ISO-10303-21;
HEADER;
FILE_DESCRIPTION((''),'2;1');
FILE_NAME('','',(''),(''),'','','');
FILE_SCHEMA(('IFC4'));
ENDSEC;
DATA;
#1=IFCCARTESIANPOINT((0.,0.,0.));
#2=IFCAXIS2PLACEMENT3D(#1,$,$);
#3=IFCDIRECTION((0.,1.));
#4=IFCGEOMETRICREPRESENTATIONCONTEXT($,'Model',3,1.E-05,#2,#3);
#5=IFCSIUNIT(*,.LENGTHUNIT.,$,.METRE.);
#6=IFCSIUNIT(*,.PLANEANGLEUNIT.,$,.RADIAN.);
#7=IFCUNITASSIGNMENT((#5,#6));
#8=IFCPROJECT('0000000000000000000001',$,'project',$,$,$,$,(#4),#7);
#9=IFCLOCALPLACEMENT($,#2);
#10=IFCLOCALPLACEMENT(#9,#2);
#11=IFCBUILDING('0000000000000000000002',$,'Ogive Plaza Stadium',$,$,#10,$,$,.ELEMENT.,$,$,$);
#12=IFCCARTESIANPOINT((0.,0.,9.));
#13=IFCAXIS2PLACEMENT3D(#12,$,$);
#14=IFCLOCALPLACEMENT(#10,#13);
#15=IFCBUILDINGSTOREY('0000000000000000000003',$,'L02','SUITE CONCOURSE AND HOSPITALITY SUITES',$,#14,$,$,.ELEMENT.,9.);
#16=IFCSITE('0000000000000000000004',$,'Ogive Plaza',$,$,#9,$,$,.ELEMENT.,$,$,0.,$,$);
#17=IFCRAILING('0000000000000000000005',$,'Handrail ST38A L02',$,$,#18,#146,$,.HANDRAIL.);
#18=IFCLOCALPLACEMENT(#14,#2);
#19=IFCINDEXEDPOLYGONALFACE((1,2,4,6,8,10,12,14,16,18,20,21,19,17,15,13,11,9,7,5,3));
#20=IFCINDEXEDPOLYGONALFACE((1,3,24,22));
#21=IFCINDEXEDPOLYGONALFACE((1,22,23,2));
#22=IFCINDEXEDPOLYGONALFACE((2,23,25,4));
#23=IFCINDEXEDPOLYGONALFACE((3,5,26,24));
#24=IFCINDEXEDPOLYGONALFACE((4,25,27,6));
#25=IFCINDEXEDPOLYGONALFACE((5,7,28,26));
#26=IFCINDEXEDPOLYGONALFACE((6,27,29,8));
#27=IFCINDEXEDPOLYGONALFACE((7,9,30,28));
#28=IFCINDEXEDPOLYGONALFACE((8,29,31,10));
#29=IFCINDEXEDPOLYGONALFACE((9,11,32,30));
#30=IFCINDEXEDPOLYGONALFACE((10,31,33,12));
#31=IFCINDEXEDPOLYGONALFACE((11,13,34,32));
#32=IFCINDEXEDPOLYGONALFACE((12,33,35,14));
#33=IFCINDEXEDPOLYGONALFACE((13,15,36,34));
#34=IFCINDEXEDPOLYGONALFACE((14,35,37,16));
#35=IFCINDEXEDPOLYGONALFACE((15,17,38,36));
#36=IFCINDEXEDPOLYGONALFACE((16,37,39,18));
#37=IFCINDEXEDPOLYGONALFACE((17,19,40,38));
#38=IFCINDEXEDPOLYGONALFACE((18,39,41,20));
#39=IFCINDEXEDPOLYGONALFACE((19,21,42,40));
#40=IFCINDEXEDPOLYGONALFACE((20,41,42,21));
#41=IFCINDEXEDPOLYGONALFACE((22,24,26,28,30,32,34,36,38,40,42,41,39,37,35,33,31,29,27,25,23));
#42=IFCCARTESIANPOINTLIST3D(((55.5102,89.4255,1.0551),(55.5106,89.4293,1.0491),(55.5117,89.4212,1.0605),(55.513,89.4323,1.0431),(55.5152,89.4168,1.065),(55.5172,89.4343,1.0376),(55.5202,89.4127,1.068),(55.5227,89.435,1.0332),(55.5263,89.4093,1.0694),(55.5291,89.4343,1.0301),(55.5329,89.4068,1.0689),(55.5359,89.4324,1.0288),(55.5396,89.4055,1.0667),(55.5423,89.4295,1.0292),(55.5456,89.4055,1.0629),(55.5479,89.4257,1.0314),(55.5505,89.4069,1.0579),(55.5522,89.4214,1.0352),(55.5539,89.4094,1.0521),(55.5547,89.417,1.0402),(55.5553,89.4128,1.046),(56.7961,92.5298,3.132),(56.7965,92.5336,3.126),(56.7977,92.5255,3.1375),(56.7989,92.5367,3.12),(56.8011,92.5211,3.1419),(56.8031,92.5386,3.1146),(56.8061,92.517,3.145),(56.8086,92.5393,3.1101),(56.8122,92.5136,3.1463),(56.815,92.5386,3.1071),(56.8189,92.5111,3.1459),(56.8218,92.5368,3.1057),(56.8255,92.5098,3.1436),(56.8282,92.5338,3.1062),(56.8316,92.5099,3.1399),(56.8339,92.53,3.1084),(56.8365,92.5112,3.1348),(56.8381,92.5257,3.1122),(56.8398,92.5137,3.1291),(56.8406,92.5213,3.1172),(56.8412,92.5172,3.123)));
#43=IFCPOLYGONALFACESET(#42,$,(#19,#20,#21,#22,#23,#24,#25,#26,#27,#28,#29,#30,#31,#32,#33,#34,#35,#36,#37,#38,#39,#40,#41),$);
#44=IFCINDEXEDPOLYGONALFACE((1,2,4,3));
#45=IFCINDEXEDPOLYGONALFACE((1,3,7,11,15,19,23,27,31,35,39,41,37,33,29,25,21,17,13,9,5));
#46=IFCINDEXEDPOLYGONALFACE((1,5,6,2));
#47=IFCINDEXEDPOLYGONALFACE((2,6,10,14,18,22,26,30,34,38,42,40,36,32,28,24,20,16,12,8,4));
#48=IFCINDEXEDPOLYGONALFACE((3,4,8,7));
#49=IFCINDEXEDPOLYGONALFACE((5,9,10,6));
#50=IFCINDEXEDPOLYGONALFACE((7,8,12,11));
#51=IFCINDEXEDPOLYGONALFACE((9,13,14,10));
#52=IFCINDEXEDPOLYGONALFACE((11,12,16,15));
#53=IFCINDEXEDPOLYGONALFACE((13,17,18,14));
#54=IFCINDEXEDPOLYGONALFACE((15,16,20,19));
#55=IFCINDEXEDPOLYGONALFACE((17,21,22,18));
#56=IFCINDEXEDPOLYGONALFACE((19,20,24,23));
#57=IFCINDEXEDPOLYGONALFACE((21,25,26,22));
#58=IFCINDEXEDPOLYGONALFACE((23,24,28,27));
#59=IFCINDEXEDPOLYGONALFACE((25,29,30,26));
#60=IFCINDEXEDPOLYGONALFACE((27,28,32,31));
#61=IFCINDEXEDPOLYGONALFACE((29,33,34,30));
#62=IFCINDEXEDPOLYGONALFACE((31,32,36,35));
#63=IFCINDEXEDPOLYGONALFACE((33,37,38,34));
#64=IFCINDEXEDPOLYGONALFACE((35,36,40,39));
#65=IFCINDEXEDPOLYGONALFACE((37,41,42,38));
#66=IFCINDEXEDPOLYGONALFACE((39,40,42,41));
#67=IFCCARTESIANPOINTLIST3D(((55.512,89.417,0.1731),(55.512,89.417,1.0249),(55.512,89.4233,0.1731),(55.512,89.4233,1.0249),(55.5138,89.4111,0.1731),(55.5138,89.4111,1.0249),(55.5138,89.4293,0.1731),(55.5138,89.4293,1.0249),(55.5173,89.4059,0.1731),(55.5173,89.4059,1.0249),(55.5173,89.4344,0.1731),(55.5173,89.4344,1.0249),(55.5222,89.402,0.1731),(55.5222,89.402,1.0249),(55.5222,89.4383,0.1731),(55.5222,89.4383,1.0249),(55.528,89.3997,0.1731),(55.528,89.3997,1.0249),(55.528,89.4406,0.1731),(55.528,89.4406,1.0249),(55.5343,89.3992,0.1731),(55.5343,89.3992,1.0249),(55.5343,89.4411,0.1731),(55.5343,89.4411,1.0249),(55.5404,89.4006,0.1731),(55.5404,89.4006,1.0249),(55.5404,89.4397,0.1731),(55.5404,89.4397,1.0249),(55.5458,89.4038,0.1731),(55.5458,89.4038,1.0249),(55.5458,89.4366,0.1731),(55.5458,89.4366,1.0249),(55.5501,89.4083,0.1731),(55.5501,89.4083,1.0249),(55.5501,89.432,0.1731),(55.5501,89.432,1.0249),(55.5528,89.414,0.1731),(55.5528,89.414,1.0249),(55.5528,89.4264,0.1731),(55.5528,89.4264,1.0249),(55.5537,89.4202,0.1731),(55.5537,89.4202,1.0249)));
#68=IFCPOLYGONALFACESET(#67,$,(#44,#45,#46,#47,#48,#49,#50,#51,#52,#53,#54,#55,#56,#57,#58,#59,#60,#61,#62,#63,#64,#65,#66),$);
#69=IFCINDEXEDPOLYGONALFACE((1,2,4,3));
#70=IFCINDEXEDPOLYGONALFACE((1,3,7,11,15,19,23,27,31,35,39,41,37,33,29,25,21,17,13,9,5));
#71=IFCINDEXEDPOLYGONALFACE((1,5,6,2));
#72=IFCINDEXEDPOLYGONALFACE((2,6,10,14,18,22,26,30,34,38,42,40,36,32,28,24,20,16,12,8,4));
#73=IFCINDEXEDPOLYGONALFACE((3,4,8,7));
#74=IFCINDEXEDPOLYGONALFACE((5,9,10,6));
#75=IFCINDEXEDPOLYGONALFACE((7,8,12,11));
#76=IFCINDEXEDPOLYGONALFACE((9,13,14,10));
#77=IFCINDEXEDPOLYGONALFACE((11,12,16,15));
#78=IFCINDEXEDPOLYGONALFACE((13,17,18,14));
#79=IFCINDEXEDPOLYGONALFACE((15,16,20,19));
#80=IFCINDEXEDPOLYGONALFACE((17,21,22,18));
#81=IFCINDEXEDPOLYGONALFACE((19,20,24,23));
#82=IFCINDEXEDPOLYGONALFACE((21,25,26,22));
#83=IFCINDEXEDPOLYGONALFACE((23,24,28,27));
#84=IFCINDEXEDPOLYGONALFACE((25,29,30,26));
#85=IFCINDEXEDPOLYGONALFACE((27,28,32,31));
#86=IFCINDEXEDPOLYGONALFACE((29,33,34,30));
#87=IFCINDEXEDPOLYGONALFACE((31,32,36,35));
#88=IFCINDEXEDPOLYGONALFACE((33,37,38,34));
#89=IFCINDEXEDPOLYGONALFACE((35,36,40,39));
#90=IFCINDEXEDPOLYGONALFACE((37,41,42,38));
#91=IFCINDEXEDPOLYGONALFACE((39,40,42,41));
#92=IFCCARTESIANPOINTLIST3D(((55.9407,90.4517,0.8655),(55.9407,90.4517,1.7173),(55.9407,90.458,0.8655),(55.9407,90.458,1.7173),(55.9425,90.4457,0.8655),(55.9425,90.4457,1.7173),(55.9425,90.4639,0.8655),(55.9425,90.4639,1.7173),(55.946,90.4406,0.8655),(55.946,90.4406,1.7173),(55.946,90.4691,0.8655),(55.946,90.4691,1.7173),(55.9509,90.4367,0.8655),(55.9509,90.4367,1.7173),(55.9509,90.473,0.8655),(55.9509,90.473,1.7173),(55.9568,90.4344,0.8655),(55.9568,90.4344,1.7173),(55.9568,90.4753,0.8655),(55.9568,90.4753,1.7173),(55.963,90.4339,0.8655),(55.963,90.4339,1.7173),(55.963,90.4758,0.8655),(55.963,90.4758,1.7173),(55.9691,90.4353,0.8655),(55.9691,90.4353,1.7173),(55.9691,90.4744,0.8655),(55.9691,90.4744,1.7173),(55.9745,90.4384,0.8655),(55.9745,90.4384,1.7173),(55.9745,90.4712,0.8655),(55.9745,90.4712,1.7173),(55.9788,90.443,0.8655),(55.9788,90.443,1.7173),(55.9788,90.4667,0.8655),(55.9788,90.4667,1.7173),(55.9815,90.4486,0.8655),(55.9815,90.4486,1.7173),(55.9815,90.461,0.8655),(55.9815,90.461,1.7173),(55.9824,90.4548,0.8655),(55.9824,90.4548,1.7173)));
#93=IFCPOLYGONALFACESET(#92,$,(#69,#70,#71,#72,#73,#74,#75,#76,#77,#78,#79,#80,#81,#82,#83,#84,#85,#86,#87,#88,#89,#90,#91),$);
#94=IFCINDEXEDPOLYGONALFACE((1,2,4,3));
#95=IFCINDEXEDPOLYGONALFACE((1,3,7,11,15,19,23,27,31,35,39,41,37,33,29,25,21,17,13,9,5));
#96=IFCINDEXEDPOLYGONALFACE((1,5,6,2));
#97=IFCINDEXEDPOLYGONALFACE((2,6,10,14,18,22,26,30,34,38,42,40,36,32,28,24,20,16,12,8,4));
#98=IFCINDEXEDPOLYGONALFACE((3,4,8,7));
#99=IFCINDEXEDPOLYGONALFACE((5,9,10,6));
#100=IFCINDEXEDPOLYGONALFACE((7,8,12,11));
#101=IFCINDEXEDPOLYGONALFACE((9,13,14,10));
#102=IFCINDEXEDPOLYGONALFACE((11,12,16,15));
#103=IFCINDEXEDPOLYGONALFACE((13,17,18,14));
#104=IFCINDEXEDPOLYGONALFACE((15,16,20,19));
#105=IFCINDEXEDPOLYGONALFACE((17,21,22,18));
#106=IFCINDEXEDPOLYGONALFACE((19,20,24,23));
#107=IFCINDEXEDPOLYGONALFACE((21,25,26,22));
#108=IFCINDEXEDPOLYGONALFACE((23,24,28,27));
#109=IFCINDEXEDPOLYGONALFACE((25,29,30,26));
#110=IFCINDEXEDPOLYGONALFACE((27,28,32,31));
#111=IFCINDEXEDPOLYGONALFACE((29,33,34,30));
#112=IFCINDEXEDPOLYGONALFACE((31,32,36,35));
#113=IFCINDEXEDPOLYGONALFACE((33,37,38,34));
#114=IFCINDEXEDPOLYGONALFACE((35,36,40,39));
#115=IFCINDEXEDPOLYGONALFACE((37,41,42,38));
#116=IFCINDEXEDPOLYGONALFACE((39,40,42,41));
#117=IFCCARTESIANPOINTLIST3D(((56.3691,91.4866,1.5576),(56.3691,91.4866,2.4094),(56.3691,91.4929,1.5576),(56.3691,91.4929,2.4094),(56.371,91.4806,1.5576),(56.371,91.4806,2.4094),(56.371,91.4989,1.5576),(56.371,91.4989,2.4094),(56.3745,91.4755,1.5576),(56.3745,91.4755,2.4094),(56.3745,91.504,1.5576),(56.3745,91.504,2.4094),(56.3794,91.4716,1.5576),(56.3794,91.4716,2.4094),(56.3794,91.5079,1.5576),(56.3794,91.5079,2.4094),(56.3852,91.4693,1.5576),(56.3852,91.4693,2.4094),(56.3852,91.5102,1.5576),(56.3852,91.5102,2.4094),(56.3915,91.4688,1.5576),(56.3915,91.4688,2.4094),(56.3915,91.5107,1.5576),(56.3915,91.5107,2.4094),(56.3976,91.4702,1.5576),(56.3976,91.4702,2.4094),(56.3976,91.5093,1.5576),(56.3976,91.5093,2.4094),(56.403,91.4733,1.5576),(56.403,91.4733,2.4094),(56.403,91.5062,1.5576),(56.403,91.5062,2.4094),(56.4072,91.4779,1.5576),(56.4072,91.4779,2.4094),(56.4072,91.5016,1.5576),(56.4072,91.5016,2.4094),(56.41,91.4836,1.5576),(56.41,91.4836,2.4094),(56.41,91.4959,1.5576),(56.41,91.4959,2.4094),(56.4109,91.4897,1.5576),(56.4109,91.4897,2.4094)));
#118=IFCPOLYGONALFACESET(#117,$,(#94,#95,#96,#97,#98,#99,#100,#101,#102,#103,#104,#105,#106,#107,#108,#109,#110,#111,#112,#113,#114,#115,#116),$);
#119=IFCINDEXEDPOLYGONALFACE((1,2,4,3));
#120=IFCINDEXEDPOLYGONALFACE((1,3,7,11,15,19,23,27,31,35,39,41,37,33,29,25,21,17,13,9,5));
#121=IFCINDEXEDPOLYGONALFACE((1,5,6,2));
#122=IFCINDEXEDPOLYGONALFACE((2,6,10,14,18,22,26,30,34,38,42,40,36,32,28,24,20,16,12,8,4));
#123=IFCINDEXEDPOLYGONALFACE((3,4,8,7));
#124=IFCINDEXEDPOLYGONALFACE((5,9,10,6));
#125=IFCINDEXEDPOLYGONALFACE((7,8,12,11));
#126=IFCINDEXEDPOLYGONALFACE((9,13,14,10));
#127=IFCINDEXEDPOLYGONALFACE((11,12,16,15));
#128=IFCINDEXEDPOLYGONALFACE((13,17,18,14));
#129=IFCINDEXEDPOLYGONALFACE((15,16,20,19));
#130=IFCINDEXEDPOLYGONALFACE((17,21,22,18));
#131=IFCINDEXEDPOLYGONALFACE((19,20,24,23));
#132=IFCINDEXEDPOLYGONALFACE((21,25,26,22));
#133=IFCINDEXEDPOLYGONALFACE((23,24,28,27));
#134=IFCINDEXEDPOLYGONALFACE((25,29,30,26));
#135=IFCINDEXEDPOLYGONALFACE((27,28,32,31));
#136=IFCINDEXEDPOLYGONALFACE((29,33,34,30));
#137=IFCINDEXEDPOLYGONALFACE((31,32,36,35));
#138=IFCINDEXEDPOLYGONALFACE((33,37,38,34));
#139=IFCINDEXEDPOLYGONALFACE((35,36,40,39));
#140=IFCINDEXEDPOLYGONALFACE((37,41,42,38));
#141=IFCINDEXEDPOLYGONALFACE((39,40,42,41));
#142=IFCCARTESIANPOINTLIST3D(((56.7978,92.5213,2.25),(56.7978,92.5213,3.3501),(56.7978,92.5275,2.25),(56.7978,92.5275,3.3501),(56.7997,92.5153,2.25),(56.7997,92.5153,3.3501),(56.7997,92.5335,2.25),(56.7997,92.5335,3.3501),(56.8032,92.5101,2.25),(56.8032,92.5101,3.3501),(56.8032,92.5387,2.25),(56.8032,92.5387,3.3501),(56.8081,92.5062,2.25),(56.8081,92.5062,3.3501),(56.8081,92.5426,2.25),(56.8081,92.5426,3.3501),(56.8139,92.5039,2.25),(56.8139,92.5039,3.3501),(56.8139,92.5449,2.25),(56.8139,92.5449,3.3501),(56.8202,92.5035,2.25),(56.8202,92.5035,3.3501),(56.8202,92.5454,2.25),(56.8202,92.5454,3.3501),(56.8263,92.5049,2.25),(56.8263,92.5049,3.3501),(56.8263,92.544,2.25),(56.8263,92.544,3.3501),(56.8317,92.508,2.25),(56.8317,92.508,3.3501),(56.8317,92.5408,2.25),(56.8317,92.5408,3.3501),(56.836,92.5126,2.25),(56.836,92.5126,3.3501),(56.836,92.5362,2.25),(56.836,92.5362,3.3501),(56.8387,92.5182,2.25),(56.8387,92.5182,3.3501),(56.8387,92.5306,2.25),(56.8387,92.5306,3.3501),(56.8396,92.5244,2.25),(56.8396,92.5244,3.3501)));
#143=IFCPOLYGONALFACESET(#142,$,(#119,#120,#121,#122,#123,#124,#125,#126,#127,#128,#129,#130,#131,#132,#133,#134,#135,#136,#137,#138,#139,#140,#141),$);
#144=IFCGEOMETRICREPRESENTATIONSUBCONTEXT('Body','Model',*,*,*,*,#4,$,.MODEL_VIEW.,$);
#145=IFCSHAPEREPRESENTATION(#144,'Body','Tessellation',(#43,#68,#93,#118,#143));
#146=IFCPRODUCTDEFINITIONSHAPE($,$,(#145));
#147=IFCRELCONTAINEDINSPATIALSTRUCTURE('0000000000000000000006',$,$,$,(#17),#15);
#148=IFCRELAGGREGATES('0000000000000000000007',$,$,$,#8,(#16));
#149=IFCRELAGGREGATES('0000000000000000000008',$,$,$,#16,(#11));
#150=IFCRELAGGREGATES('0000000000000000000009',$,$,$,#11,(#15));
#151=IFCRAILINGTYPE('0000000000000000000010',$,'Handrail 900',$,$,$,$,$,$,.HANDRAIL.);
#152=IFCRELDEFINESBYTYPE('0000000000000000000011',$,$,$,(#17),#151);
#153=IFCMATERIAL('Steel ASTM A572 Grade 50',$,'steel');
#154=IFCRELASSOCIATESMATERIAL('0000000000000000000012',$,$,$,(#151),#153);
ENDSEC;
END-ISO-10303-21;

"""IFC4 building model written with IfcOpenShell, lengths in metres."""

from ifc_helpers import new_model, si_unit, direction, frame, origin, origin_2d, place, context, subcontext, project, spatial, circle, extrude, material, type_object, element, save


model = new_model("IFC4")

# Units and contexts
model_context = context("Model", 3, precision=1e-05, world=origin(), true_north=direction((0.0, 1.0)))
body_context = subcontext(model_context, "Body", "Model", "MODEL_VIEW")
ifc_project = project(units=[si_unit("LENGTHUNIT", "METRE"), si_unit("PLANEANGLEUNIT", "RADIAN")], contexts=[model_context])

# Site, building, storey
site_placement = place(None, origin())
site = spatial("IfcSite", under=ifc_project, at=site_placement, Name="Ogive Plaza", CompositionType="ELEMENT", RefElevation=0.0)
building_placement = place(site_placement, origin())
building = spatial("IfcBuilding", under=site, at=building_placement, Name="Ogive Plaza Stadium", CompositionType="ELEMENT")
storey_placement = place(building_placement, frame((0.0, 0.0, 9.0)))
storey = spatial("IfcBuildingStorey", under=building, at=storey_placement, Name="L02", Description="SUITE CONCOURSE AND HOSPITALITY SUITES", CompositionType="ELEMENT", Elevation=9.0)

# Railing
ifc_material_1 = material(Name="Steel ASTM A572 Grade 50", Category="steel")
railing_type_1 = type_object("IfcRailingType", Name="Handrail 900", PredefinedType="HANDRAIL", material=ifc_material_1)
railing_1_placement = place(storey_placement, frame((55.5327, 89.4202, 0.1731)))
element("IfcRailing", 1, at=railing_1_placement, inside=storey, type_object=railing_type_1, Name="Handrail ST38A L02", PredefinedType="HANDRAIL", context=body_context, shape_type="SweptSolid", body=[
    extrude(circle(Radius=0.0239, at=origin_2d()), frame((0.0, 0.0, 0.876), z_axis=(0.325532, 0.785863, 0.525783), x_axis=(-0.923872, 0.3827, 0.0)), (0.0, 0.0, 1.0), 3.9502),
    extrude(circle(Radius=0.021, at=origin_2d()), origin(), (0.0, 0.0, 1.0), 0.8518),
    extrude(circle(Radius=0.021, at=origin_2d()), frame((0.4287, 1.0347, 0.6924)), (0.0, 0.0, 1.0), 0.8518),
    extrude(circle(Radius=0.021, at=origin_2d()), frame((0.8572, 2.0696, 1.3845)), (0.0, 0.0, 1.0), 0.8518),
    extrude(circle(Radius=0.021, at=origin_2d()), frame((1.2859, 3.1042, 2.0769)), (0.0, 0.0, 1.0), 1.1001),
])

save(model, "model.ifc")
